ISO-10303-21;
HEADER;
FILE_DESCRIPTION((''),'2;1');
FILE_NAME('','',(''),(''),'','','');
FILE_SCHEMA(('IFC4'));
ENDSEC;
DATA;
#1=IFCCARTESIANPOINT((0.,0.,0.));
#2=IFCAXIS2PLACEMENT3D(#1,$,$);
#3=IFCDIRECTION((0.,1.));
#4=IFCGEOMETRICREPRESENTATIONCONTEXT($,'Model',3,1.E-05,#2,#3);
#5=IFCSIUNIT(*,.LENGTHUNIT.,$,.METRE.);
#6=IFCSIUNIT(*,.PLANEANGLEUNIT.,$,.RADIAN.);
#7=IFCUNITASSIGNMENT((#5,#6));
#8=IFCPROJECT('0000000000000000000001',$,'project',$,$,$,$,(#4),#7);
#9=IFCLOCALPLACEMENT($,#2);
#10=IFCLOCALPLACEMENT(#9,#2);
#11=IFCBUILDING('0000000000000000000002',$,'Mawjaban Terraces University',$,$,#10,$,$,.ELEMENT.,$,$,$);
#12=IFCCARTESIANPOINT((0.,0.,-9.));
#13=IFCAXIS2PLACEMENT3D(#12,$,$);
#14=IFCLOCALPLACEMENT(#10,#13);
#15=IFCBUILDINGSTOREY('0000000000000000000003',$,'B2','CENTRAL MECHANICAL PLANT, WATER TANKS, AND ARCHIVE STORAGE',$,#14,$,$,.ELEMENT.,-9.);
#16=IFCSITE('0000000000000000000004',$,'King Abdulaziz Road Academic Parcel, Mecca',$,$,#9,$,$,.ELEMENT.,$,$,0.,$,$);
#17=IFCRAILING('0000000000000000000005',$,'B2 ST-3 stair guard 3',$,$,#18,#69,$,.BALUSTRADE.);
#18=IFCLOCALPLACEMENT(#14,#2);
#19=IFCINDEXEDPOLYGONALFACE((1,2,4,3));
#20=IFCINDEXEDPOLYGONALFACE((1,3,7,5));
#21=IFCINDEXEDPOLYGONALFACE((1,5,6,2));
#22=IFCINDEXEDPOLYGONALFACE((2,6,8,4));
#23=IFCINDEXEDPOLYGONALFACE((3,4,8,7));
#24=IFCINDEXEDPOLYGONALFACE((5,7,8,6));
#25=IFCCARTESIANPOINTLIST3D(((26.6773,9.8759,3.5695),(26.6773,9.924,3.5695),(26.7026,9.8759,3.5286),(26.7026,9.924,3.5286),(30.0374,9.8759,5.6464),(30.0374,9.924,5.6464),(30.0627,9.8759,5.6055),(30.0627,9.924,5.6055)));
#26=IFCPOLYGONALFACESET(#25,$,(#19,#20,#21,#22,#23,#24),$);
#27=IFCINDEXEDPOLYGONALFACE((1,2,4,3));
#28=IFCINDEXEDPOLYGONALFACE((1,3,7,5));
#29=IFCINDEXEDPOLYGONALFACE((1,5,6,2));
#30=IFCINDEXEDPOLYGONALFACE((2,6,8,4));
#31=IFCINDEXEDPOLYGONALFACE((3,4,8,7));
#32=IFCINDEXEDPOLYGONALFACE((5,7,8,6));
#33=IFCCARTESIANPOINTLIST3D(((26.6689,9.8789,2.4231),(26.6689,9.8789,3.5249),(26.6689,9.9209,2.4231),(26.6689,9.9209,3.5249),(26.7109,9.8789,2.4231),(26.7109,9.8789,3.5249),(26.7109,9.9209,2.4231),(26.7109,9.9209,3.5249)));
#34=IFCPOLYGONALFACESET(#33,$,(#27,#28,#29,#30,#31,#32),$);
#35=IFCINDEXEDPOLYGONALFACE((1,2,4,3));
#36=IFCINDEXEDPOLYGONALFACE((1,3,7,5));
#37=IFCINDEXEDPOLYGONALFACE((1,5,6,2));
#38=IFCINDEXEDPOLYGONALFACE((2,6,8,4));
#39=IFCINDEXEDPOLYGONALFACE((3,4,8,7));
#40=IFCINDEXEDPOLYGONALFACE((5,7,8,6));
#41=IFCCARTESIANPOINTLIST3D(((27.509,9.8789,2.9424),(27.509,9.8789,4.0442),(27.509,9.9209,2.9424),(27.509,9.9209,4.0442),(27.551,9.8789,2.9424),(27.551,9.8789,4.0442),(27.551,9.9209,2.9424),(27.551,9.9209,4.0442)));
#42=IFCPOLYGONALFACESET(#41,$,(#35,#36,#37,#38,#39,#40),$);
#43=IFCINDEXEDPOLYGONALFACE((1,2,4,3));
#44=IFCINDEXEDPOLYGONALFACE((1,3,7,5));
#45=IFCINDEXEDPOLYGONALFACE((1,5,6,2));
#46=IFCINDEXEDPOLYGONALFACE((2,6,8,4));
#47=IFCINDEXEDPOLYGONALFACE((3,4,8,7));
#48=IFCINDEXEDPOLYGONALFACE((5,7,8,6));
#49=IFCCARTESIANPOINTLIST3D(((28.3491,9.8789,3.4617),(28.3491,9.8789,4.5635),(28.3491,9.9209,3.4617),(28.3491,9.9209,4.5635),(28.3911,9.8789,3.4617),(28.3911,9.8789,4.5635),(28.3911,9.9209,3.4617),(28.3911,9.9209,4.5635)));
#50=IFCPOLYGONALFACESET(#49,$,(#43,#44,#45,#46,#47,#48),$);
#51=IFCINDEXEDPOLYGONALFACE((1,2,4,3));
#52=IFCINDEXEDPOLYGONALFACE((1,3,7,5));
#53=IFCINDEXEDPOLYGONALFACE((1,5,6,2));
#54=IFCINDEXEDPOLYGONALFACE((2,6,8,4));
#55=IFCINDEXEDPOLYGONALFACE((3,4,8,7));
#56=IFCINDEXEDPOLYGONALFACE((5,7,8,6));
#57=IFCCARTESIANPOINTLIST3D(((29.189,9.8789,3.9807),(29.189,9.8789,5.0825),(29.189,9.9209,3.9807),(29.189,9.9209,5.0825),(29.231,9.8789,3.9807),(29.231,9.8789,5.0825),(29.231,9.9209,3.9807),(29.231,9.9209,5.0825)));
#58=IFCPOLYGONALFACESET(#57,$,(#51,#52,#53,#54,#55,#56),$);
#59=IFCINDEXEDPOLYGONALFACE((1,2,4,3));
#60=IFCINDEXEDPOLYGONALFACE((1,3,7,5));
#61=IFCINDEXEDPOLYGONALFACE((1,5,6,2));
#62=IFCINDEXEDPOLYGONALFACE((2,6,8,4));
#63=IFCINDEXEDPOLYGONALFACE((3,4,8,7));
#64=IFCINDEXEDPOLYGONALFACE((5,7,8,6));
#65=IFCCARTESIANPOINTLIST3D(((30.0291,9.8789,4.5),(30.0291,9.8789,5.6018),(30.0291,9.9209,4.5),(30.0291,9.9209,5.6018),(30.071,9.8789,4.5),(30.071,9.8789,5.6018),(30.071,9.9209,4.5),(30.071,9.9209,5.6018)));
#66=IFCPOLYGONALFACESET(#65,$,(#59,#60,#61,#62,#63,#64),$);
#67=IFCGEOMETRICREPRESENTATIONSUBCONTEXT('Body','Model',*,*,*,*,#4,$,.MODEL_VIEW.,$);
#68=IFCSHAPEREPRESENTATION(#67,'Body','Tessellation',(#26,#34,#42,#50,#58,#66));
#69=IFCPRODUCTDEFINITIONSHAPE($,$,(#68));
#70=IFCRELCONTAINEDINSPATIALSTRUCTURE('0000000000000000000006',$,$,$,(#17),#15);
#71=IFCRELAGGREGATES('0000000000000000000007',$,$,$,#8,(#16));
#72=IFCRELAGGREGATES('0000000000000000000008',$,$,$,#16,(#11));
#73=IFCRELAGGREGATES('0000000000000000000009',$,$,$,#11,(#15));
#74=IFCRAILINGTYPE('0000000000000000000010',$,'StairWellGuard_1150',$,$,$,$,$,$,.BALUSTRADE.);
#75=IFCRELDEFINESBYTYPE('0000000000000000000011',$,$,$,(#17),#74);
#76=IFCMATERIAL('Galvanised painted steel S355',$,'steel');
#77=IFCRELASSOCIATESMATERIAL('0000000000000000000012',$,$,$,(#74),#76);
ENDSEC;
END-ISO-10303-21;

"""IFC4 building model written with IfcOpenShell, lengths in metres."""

from ifc_helpers import new_model, si_unit, direction, frame, origin, origin_2d, place, context, subcontext, project, spatial, rectangle, extrude, material, type_object, element, save


model = new_model("IFC4")

# Units and contexts
model_context = context("Model", 3, precision=1e-05, world=origin(), true_north=direction((0.0, 1.0)))
body_context = subcontext(model_context, "Body", "Model", "MODEL_VIEW")
ifc_project = project(units=[si_unit("LENGTHUNIT", "METRE"), si_unit("PLANEANGLEUNIT", "RADIAN")], contexts=[model_context])

# Site, building, storey
site_placement = place(None, origin())
site = spatial("IfcSite", under=ifc_project, at=site_placement, Name="King Abdulaziz Road Academic Parcel, Mecca", CompositionType="ELEMENT", RefElevation=0.0)
building_placement = place(site_placement, origin())
building = spatial("IfcBuilding", under=site, at=building_placement, Name="Mawjaban Terraces University", CompositionType="ELEMENT")
storey_placement = place(building_placement, frame((0.0, 0.0, -9.0)))
storey = spatial("IfcBuildingStorey", under=building, at=storey_placement, Name="B2", Description="CENTRAL MECHANICAL PLANT, WATER TANKS, AND ARCHIVE STORAGE", CompositionType="ELEMENT", Elevation=-9.0)

# Railing
ifc_material_1 = material(Name="Galvanised painted steel S355", Category="steel")
railing_type_1 = type_object("IfcRailingType", Name="StairWellGuard_1150", PredefinedType="BALUSTRADE", material=ifc_material_1)
railing_1_placement = place(storey_placement, frame((26.6899, 9.8999, 2.4231)))
element("IfcRailing", 1, at=railing_1_placement, inside=storey, type_object=railing_type_1, Name="B2 ST-3 stair guard 3", PredefinedType="BALUSTRADE", context=body_context, shape_type="SweptSolid", body=[
    extrude(rectangle(XDim=0.0481, YDim=0.0481, at=origin_2d()), frame((0.0, 0.0, 1.126), z_axis=(0.850623, 0.0, 0.525776), x_axis=(0.0, 1.0, 0.0)), (0.0, 0.0, 1.0), 3.9502),
    extrude(rectangle(XDim=0.042, YDim=0.042, at=origin_2d()), origin(), (0.0, 0.0, 1.0), 1.1018),
    extrude(rectangle(XDim=0.042, YDim=0.042, at=origin_2d()), frame((0.8401, 0.0, 0.5193)), (0.0, 0.0, 1.0), 1.1018),
    extrude(rectangle(XDim=0.042, YDim=0.042, at=origin_2d()), frame((1.6802, 0.0, 1.0386)), (0.0, 0.0, 1.0), 1.1018),
    extrude(rectangle(XDim=0.042, YDim=0.042, at=origin_2d()), frame((2.52, 0.0, 1.5576)), (0.0, 0.0, 1.0), 1.1018),
    extrude(rectangle(XDim=0.042, YDim=0.042, at=origin_2d()), frame((3.3601, 0.0, 2.0769)), (0.0, 0.0, 1.0), 1.1018),
])

save(model, "model.ifc")
